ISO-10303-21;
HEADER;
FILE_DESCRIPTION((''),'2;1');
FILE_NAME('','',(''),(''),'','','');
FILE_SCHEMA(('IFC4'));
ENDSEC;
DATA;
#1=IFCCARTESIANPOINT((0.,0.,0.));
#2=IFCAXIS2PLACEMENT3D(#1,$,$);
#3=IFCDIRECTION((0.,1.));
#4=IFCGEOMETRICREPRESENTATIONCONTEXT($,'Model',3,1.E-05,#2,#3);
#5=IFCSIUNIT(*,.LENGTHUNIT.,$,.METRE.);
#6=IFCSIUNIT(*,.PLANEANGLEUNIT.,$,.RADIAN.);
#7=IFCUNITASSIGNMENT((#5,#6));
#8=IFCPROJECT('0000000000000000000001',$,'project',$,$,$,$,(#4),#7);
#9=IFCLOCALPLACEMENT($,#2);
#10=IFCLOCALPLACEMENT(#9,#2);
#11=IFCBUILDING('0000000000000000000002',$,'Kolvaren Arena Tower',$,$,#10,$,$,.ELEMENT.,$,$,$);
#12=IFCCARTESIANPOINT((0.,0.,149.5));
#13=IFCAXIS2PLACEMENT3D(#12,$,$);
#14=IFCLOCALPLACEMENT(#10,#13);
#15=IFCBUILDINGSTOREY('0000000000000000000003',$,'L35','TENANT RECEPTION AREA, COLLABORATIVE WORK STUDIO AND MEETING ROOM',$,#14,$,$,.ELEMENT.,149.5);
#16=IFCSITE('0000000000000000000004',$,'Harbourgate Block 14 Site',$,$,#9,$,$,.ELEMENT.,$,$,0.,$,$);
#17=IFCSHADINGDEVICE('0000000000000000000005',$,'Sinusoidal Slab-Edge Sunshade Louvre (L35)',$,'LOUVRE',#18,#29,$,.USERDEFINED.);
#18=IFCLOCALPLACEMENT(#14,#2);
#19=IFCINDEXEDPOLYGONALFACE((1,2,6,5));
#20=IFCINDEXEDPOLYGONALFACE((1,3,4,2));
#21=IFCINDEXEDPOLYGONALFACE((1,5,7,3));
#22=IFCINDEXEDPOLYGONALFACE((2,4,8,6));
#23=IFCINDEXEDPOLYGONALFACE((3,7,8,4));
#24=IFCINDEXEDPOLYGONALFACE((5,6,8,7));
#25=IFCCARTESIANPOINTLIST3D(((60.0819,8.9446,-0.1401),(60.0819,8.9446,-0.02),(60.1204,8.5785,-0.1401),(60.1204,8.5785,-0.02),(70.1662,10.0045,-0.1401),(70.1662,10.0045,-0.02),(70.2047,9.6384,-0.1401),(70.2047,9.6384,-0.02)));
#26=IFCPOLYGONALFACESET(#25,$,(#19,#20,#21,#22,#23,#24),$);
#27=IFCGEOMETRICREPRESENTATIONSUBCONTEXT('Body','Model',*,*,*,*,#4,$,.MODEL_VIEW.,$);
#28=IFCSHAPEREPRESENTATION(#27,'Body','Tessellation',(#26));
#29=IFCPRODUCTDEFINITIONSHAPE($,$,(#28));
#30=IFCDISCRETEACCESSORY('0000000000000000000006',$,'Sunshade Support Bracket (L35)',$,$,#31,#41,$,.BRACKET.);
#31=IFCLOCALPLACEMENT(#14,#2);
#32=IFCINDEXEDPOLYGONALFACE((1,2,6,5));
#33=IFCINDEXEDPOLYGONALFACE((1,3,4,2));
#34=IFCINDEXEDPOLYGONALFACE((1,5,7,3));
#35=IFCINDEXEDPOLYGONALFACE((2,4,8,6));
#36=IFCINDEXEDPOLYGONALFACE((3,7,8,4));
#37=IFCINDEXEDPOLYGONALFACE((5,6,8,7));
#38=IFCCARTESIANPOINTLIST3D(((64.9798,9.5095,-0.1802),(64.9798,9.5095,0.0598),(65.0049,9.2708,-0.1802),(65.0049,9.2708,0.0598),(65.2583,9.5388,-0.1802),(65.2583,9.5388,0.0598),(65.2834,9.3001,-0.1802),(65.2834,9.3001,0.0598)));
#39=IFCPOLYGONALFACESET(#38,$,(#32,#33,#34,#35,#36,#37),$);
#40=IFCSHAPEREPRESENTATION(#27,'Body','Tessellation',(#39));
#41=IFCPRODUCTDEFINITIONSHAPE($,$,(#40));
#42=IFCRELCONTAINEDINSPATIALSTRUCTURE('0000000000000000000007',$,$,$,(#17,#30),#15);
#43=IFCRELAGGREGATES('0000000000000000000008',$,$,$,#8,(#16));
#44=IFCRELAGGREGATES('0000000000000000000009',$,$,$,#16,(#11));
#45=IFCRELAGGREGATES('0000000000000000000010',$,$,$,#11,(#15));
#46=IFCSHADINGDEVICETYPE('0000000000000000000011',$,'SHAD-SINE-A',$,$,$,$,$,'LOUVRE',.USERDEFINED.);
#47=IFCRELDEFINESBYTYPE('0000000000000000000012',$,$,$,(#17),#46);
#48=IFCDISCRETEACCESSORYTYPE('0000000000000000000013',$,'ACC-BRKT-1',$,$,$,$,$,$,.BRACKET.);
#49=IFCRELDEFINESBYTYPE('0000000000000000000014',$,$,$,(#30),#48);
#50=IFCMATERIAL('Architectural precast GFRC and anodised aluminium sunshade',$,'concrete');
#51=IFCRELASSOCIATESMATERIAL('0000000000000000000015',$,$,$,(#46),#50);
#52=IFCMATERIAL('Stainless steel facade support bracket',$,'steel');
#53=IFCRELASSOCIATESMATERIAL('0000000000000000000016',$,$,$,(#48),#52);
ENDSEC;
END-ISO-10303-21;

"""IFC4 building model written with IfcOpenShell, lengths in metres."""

from ifc_helpers import new_model, si_unit, direction, frame, origin, origin_2d, place, context, subcontext, project, spatial, rectangle, extrude, material, type_object, element, save


model = new_model("IFC4")

# Units and contexts
model_context = context("Model", 3, precision=1e-05, world=origin(), true_north=direction((0.0, 1.0)))
body_context = subcontext(model_context, "Body", "Model", "MODEL_VIEW")
ifc_project = project(units=[si_unit("LENGTHUNIT", "METRE"), si_unit("PLANEANGLEUNIT", "RADIAN")], contexts=[model_context])

# Site, building, storey
site_placement = place(None, origin())
site = spatial("IfcSite", under=ifc_project, at=site_placement, Name="Harbourgate Block 14 Site", CompositionType="ELEMENT", RefElevation=0.0)
building_placement = place(site_placement, origin())
building = spatial("IfcBuilding", under=site, at=building_placement, Name="Kolvaren Arena Tower", CompositionType="ELEMENT")
storey_placement = place(building_placement, frame((0.0, 0.0, 149.5)))
storey = spatial("IfcBuildingStorey", under=building, at=storey_placement, Name="L35", Description="TENANT RECEPTION AREA, COLLABORATIVE WORK STUDIO AND MEETING ROOM", CompositionType="ELEMENT", Elevation=149.5)

# Shading device
ifc_material_1 = material(Name="Architectural precast GFRC and anodised aluminium sunshade", Category="concrete")
shading_device_type = type_object("IfcShadingDeviceType", Name="SHAD-SINE-A", ElementType="LOUVRE", PredefinedType="USERDEFINED", material=ifc_material_1)
shading_device_placement = place(storey_placement, frame((65.1433, 9.2915, -0.1401), z_axis=(0.0, 0.0, 1.0), x_axis=(-0.994522, -0.104527, 0.0)))
element("IfcShadingDevice", 1, at=shading_device_placement, inside=storey, type_object=shading_device_type, Name="Sinusoidal Slab-Edge Sunshade Louvre (L35)", ObjectType="LOUVRE", PredefinedType="USERDEFINED", context=body_context, shape_type="SweptSolid", body=[
    extrude(rectangle(XDim=10.1399, YDim=0.3682, at=origin_2d()), origin(), (0.0, 0.0, 1.0), 0.1201),
])

# Discrete accessory
ifc_material_2 = material(Name="Stainless steel facade support bracket", Category="steel")
discrete_accessory_type = type_object("IfcDiscreteAccessoryType", Name="ACC-BRKT-1", PredefinedType="BRACKET", material=ifc_material_2)
discrete_accessory_placement = place(storey_placement, frame((65.1316, 9.4048, -0.1802), z_axis=(0.0, 0.0, 1.0), x_axis=(-0.994522, -0.104527, 0.0)))
element("IfcDiscreteAccessory", 2, at=discrete_accessory_placement, inside=storey, type_object=discrete_accessory_type, Name="Sunshade Support Bracket (L35)", PredefinedType="BRACKET", context=body_context, shape_type="SweptSolid", body=[
    extrude(rectangle(XDim=0.28, YDim=0.24, at=origin_2d()), origin(), (0.0, 0.0, 1.0), 0.24),
])

save(model, "model.ifc")
